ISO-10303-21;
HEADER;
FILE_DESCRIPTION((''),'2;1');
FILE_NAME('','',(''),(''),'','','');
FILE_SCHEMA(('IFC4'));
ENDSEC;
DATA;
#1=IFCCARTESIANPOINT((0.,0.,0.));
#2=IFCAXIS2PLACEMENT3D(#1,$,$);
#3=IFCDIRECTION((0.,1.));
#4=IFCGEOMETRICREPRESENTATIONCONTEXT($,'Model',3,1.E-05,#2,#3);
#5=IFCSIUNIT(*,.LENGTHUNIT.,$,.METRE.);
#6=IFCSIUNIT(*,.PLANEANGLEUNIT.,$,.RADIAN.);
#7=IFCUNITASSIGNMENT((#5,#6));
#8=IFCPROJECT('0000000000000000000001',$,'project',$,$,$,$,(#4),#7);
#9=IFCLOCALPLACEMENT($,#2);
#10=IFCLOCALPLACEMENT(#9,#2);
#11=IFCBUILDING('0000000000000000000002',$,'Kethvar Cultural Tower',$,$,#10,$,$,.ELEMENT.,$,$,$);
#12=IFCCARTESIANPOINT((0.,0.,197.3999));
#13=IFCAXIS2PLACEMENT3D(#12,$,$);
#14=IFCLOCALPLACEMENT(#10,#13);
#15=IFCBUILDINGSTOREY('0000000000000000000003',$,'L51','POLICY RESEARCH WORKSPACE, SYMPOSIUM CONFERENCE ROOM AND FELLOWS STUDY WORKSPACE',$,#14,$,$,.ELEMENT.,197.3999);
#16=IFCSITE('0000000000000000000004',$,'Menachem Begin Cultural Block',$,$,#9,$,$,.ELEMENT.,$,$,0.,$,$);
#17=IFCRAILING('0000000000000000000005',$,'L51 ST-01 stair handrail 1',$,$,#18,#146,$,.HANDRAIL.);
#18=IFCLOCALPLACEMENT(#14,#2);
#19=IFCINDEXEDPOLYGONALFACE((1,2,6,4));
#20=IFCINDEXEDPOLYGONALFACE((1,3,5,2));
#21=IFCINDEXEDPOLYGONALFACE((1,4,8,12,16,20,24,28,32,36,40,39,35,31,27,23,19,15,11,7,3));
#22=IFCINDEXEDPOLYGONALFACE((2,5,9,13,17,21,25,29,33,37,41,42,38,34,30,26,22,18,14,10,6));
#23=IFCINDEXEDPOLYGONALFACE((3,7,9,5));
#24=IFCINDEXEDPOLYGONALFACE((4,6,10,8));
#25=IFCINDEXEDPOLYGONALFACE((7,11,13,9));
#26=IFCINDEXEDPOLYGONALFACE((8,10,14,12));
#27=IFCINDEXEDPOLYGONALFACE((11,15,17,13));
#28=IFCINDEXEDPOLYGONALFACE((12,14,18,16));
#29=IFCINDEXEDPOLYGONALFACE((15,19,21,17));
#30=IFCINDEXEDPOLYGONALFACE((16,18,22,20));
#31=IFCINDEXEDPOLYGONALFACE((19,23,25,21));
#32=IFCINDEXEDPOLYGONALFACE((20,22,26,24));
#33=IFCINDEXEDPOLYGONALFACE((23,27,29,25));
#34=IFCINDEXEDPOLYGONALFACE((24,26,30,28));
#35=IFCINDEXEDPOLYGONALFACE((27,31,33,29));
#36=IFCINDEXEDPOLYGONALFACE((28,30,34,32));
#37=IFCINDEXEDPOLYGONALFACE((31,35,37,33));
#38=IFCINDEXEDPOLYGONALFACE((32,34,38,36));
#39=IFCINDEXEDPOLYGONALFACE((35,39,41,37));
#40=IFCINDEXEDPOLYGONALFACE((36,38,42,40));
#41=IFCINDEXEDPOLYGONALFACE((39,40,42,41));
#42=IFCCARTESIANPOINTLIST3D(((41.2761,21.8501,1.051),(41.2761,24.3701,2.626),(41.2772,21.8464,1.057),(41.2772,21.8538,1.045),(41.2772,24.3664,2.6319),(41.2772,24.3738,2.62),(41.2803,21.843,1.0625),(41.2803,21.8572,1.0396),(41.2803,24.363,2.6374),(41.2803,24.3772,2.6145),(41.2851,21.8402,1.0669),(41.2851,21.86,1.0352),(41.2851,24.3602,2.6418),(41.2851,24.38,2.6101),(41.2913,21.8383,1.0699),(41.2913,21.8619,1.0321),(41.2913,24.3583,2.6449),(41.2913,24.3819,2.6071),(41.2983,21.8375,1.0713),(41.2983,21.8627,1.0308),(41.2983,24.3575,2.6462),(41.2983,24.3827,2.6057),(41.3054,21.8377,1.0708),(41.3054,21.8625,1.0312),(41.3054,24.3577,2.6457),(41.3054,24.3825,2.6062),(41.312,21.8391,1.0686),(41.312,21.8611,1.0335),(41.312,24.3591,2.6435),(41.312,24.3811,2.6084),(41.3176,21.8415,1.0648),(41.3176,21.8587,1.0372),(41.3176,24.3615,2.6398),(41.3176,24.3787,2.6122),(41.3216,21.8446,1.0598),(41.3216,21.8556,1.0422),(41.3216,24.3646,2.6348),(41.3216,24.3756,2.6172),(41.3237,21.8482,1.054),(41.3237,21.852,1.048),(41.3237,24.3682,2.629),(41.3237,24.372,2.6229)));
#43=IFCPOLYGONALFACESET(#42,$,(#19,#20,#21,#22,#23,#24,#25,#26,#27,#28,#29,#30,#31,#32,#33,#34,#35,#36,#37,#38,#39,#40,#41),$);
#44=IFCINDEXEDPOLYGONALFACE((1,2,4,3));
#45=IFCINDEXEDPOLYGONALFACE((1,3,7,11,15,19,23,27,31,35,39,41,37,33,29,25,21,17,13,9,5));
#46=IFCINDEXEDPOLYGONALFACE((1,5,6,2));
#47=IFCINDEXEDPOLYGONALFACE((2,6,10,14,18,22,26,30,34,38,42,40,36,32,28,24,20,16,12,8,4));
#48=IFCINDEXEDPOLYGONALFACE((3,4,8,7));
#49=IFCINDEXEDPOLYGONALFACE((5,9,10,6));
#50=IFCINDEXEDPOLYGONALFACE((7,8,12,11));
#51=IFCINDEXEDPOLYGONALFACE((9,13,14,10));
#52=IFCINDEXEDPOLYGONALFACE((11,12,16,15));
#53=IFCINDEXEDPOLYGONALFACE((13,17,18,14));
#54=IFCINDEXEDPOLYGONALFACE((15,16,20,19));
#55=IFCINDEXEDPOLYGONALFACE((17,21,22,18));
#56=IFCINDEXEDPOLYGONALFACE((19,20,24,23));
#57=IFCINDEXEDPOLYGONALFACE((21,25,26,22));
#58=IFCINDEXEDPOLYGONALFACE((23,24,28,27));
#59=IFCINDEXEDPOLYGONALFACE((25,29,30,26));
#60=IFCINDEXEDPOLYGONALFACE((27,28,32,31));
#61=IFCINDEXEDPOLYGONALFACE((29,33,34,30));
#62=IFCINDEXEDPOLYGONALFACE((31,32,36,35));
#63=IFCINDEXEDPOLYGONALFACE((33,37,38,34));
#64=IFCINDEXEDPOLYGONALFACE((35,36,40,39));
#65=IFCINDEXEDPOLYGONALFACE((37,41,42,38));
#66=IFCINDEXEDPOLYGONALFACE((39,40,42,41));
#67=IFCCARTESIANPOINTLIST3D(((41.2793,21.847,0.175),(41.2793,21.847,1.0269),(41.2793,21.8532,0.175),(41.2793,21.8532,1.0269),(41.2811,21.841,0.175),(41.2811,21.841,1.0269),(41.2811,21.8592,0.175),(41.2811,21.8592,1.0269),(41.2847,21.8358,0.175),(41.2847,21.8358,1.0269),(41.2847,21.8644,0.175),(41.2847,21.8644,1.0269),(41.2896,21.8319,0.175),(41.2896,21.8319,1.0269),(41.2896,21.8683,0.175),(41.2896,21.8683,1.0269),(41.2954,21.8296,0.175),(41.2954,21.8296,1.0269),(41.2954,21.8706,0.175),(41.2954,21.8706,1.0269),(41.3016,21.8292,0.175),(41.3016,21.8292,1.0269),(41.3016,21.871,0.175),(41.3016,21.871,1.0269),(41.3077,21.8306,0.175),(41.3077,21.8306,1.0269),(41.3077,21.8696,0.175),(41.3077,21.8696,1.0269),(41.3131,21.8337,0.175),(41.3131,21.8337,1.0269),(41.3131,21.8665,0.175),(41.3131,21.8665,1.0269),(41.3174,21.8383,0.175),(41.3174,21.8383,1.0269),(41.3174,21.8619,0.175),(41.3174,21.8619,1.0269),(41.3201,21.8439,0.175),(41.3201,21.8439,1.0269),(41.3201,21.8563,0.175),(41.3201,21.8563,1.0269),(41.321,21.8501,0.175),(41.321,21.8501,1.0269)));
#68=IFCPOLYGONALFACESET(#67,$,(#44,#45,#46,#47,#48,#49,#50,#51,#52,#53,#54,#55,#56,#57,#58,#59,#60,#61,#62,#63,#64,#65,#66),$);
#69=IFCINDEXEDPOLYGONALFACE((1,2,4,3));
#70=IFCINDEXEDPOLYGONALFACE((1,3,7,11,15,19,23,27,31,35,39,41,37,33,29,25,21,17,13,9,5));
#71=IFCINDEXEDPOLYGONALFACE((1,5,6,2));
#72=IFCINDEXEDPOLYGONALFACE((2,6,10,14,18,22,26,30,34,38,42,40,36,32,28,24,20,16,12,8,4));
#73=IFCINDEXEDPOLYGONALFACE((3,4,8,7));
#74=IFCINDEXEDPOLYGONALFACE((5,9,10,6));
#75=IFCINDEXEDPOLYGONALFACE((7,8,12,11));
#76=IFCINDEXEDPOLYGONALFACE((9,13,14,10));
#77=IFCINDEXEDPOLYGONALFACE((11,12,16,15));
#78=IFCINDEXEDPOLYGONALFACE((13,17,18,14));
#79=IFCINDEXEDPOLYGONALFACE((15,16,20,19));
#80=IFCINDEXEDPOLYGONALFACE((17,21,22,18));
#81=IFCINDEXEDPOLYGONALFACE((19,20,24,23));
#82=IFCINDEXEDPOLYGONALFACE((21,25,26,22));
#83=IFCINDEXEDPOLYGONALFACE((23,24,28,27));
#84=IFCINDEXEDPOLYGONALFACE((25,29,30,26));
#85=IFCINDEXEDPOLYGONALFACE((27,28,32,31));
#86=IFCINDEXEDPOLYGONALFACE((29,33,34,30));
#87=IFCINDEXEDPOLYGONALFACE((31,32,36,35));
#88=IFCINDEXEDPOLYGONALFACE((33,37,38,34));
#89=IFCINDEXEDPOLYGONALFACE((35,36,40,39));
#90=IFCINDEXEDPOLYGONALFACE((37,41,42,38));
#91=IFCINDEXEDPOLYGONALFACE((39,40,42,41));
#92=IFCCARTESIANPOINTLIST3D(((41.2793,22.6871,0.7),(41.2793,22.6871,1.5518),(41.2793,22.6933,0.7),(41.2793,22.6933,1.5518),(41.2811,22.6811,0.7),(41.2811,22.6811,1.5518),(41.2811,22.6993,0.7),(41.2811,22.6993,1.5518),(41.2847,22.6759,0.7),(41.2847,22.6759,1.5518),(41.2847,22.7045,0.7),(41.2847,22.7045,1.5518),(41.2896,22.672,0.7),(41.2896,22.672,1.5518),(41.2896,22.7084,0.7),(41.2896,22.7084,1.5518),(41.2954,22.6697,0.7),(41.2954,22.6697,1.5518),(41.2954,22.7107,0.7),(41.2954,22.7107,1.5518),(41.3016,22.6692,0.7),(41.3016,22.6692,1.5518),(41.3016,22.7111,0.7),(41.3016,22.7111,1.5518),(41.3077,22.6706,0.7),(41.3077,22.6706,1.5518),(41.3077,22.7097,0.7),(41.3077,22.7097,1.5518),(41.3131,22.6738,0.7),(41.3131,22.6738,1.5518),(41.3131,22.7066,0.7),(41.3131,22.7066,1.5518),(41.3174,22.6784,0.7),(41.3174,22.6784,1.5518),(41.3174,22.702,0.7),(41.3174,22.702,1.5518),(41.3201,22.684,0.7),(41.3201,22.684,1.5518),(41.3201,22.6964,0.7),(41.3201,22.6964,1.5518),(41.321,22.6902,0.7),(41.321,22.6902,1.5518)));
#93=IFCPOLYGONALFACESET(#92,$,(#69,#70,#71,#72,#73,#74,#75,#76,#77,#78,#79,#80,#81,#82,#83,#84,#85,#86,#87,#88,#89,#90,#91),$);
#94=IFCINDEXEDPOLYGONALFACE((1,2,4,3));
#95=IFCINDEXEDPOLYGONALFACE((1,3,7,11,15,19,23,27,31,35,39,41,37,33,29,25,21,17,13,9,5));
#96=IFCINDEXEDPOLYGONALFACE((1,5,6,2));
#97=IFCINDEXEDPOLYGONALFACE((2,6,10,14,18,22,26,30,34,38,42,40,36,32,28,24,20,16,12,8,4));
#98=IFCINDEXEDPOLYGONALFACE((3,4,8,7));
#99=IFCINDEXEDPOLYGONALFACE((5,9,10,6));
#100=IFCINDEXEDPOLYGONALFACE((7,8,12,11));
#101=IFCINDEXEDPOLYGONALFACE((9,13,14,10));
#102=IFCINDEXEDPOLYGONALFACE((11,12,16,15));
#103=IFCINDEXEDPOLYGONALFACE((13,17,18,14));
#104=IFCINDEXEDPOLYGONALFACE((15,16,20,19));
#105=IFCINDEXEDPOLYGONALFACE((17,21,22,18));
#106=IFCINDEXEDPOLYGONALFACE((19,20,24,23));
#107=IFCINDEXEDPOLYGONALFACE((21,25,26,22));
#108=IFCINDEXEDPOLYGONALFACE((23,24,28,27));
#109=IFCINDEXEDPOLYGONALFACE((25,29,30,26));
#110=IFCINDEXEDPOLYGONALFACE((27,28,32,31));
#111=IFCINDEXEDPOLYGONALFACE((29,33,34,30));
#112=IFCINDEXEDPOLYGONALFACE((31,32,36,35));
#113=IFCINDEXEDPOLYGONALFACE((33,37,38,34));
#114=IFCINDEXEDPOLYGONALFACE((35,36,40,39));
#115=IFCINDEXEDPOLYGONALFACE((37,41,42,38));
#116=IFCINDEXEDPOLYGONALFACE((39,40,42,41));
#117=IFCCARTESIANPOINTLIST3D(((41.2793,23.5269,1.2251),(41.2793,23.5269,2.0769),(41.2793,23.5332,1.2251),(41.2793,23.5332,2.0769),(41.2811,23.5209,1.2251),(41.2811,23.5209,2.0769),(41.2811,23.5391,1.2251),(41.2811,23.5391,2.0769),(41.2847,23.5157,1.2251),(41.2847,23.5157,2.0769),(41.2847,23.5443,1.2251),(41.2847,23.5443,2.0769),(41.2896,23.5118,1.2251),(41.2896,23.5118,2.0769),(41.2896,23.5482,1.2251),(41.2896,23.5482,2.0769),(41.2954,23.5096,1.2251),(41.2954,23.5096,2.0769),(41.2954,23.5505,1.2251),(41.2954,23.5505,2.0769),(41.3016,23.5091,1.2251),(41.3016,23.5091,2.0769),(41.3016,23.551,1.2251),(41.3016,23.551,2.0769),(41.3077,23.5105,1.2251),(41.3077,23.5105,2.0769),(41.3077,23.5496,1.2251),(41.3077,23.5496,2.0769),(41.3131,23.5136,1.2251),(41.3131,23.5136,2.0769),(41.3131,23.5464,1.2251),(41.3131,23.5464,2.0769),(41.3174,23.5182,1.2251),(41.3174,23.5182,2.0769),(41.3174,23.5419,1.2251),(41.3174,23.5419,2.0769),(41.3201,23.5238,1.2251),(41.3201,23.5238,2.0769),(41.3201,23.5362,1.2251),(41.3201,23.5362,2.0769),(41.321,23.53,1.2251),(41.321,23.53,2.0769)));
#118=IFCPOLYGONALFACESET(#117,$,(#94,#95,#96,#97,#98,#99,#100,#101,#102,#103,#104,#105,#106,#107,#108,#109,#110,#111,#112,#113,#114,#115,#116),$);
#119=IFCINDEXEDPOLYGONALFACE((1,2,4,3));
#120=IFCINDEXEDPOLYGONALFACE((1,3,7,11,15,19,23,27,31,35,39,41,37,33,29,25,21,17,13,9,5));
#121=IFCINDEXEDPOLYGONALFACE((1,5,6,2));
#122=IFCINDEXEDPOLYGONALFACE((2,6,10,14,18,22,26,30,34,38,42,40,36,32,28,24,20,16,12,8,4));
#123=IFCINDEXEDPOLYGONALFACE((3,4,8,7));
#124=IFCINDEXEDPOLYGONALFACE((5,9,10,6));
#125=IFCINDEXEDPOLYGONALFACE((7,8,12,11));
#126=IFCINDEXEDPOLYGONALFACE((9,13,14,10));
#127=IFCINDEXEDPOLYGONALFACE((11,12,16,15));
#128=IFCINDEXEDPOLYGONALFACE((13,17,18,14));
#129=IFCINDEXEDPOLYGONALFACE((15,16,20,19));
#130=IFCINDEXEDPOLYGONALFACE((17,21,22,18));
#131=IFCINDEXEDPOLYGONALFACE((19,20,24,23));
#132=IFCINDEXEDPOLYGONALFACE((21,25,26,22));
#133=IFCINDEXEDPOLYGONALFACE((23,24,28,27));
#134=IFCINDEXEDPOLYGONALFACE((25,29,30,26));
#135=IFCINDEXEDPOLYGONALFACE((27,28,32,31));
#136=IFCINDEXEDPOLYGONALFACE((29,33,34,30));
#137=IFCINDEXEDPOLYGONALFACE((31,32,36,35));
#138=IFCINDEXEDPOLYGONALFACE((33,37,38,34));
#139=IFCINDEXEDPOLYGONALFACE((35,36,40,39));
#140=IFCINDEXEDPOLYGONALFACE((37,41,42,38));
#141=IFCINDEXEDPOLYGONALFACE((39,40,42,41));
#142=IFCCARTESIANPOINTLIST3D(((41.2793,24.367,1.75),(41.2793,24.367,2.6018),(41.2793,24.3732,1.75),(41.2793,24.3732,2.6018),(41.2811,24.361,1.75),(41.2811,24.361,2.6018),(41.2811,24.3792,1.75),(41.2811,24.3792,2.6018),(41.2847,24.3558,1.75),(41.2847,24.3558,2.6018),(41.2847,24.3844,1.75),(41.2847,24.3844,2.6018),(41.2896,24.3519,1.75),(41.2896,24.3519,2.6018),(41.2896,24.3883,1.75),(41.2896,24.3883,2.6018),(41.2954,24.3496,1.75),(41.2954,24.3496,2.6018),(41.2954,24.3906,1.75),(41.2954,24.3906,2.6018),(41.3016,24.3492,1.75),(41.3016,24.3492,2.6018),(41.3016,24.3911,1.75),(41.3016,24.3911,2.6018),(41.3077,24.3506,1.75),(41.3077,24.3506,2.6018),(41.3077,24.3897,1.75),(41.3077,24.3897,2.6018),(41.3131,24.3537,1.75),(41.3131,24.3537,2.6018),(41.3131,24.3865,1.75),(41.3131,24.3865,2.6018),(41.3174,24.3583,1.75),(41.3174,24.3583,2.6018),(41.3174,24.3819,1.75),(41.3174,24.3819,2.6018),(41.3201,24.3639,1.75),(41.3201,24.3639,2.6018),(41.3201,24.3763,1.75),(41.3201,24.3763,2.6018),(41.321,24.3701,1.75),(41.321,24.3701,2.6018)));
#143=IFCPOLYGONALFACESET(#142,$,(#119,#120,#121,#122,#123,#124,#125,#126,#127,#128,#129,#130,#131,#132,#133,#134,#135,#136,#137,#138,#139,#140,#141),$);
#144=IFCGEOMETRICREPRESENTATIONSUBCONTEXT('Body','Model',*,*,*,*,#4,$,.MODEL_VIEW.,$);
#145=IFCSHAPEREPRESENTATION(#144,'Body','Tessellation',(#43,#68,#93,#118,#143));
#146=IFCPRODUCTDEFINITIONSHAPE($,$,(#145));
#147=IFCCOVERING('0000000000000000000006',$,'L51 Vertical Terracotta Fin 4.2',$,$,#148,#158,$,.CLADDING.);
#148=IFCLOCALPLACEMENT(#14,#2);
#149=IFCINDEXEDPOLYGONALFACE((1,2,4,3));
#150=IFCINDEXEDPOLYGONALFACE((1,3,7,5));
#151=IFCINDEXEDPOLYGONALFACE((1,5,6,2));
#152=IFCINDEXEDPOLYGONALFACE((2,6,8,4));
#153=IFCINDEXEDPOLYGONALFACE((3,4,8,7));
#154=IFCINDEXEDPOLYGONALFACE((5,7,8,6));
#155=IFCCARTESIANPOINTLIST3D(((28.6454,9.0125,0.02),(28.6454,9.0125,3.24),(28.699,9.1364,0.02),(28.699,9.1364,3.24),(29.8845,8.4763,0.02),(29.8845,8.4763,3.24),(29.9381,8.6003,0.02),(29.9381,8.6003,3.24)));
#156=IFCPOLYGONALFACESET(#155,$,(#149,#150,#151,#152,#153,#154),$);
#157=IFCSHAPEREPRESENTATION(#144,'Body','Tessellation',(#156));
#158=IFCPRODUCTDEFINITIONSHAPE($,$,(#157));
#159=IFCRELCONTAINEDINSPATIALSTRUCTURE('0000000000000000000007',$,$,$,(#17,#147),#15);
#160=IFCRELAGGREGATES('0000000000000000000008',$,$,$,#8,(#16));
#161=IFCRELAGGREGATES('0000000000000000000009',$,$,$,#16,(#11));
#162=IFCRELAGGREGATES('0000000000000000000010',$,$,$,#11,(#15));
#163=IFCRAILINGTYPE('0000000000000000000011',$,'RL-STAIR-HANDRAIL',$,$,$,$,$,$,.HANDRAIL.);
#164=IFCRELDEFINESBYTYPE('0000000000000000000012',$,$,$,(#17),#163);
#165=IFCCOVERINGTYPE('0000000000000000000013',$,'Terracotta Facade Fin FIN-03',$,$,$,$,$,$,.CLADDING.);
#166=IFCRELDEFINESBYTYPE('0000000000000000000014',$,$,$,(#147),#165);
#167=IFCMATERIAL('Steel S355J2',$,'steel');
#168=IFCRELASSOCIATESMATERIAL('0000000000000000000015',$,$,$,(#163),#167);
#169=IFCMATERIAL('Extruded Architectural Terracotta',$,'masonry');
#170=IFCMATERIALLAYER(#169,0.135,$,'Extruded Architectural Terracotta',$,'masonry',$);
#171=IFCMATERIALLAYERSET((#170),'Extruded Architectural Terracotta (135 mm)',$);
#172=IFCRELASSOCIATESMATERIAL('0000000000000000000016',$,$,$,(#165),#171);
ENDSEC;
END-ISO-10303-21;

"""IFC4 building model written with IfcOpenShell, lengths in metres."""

from ifc_helpers import new_model, si_unit, direction, frame, origin, origin_2d, place, context, subcontext, project, spatial, rectangle, circle, extrude, source, transform, mapped, material, layer, layer_set, type_object, element, save


model = new_model("IFC4")

# Units and contexts
model_context = context("Model", 3, precision=1e-05, world=origin(), true_north=direction((0.0, 1.0)))
body_context = subcontext(model_context, "Body", "Model", "MODEL_VIEW")
ifc_project = project(units=[si_unit("LENGTHUNIT", "METRE"), si_unit("PLANEANGLEUNIT", "RADIAN")], contexts=[model_context])

# Site, building, storey
site_placement = place(None, origin())
site = spatial("IfcSite", under=ifc_project, at=site_placement, Name="Menachem Begin Cultural Block", CompositionType="ELEMENT", RefElevation=0.0)
building_placement = place(site_placement, origin())
building = spatial("IfcBuilding", under=site, at=building_placement, Name="Kethvar Cultural Tower", CompositionType="ELEMENT")
storey_placement = place(building_placement, frame((0.0, 0.0, 197.3999)))
storey = spatial("IfcBuildingStorey", under=building, at=storey_placement, Name="L51", Description="POLICY RESEARCH WORKSPACE, SYMPOSIUM CONFERENCE ROOM AND FELLOWS STUDY WORKSPACE", CompositionType="ELEMENT", Elevation=197.3999)

# Shared definitions
ifc_material_1 = material(Name="Steel S355J2", Category="steel")

# Railing
railing_type_1 = type_object("IfcRailingType", Name="RL-STAIR-HANDRAIL", PredefinedType="HANDRAIL", material=ifc_material_1)
railing_1_placement = place(storey_placement, frame((41.3, 21.8501, 0.175)))
element("IfcRailing", 1, at=railing_1_placement, inside=storey, type_object=railing_type_1, Name="L51 ST-01 stair handrail 1", PredefinedType="HANDRAIL", context=body_context, shape_type="SweptSolid", body=[
    extrude(circle(Radius=0.0239, at=origin_2d()), frame((0.0, 0.0, 0.876), z_axis=(0.0, 0.848008, 0.529984), x_axis=(-1.0, 0.0, 0.0)), (0.0, 0.0, 1.0), 2.9717),
    extrude(circle(Radius=0.021, at=origin_2d()), origin(), (0.0, 0.0, 1.0), 0.8518),
    extrude(circle(Radius=0.021, at=origin_2d()), frame((0.0, 0.8401, 0.5249)), (0.0, 0.0, 1.0), 0.8518),
    extrude(circle(Radius=0.021, at=origin_2d()), frame((0.0, 1.6799, 1.05)), (0.0, 0.0, 1.0), 0.8518),
    extrude(circle(Radius=0.021, at=origin_2d()), frame((0.0, 2.52, 1.575)), (0.0, 0.0, 1.0), 0.8518),
])

# Covering
ifc_material_2 = material(Name="Extruded Architectural Terracotta", Category="masonry")
ifc_layer_1 = layer(ifc_material_2, 0.135, Name="Extruded Architectural Terracotta", Category="masonry")
ifc_layer_set_1 = layer_set([ifc_layer_1], Name="Extruded Architectural Terracotta (135 mm)")
covering_type = type_object("IfcCoveringType", Name="Terracotta Facade Fin FIN-03", PredefinedType="CLADDING", material=ifc_layer_set_1)
shared_shape_1 = source(origin(), body_context, "Body", "SweptSolid", [
    extrude(rectangle(XDim=1.3501, YDim=0.135, at=origin_2d()), origin(), (0.0, 0.0, 1.0), 3.22),
])
covering_placement = place(storey_placement, frame((29.2917, 8.8064, 0.02), z_axis=(0.0, 0.0, 1.0), x_axis=(-0.917755, 0.397148, 0.0)))
element("IfcCovering", 2, at=covering_placement, inside=storey, type_object=covering_type, Name="L51 Vertical Terracotta Fin 4.2", PredefinedType="CLADDING", context=body_context, shape_type="MappedRepresentation", body=[
    mapped(shared_shape_1, transform((0.0, 0.0, 0.0), scale=1.0)),
])

save(model, "model.ifc")
